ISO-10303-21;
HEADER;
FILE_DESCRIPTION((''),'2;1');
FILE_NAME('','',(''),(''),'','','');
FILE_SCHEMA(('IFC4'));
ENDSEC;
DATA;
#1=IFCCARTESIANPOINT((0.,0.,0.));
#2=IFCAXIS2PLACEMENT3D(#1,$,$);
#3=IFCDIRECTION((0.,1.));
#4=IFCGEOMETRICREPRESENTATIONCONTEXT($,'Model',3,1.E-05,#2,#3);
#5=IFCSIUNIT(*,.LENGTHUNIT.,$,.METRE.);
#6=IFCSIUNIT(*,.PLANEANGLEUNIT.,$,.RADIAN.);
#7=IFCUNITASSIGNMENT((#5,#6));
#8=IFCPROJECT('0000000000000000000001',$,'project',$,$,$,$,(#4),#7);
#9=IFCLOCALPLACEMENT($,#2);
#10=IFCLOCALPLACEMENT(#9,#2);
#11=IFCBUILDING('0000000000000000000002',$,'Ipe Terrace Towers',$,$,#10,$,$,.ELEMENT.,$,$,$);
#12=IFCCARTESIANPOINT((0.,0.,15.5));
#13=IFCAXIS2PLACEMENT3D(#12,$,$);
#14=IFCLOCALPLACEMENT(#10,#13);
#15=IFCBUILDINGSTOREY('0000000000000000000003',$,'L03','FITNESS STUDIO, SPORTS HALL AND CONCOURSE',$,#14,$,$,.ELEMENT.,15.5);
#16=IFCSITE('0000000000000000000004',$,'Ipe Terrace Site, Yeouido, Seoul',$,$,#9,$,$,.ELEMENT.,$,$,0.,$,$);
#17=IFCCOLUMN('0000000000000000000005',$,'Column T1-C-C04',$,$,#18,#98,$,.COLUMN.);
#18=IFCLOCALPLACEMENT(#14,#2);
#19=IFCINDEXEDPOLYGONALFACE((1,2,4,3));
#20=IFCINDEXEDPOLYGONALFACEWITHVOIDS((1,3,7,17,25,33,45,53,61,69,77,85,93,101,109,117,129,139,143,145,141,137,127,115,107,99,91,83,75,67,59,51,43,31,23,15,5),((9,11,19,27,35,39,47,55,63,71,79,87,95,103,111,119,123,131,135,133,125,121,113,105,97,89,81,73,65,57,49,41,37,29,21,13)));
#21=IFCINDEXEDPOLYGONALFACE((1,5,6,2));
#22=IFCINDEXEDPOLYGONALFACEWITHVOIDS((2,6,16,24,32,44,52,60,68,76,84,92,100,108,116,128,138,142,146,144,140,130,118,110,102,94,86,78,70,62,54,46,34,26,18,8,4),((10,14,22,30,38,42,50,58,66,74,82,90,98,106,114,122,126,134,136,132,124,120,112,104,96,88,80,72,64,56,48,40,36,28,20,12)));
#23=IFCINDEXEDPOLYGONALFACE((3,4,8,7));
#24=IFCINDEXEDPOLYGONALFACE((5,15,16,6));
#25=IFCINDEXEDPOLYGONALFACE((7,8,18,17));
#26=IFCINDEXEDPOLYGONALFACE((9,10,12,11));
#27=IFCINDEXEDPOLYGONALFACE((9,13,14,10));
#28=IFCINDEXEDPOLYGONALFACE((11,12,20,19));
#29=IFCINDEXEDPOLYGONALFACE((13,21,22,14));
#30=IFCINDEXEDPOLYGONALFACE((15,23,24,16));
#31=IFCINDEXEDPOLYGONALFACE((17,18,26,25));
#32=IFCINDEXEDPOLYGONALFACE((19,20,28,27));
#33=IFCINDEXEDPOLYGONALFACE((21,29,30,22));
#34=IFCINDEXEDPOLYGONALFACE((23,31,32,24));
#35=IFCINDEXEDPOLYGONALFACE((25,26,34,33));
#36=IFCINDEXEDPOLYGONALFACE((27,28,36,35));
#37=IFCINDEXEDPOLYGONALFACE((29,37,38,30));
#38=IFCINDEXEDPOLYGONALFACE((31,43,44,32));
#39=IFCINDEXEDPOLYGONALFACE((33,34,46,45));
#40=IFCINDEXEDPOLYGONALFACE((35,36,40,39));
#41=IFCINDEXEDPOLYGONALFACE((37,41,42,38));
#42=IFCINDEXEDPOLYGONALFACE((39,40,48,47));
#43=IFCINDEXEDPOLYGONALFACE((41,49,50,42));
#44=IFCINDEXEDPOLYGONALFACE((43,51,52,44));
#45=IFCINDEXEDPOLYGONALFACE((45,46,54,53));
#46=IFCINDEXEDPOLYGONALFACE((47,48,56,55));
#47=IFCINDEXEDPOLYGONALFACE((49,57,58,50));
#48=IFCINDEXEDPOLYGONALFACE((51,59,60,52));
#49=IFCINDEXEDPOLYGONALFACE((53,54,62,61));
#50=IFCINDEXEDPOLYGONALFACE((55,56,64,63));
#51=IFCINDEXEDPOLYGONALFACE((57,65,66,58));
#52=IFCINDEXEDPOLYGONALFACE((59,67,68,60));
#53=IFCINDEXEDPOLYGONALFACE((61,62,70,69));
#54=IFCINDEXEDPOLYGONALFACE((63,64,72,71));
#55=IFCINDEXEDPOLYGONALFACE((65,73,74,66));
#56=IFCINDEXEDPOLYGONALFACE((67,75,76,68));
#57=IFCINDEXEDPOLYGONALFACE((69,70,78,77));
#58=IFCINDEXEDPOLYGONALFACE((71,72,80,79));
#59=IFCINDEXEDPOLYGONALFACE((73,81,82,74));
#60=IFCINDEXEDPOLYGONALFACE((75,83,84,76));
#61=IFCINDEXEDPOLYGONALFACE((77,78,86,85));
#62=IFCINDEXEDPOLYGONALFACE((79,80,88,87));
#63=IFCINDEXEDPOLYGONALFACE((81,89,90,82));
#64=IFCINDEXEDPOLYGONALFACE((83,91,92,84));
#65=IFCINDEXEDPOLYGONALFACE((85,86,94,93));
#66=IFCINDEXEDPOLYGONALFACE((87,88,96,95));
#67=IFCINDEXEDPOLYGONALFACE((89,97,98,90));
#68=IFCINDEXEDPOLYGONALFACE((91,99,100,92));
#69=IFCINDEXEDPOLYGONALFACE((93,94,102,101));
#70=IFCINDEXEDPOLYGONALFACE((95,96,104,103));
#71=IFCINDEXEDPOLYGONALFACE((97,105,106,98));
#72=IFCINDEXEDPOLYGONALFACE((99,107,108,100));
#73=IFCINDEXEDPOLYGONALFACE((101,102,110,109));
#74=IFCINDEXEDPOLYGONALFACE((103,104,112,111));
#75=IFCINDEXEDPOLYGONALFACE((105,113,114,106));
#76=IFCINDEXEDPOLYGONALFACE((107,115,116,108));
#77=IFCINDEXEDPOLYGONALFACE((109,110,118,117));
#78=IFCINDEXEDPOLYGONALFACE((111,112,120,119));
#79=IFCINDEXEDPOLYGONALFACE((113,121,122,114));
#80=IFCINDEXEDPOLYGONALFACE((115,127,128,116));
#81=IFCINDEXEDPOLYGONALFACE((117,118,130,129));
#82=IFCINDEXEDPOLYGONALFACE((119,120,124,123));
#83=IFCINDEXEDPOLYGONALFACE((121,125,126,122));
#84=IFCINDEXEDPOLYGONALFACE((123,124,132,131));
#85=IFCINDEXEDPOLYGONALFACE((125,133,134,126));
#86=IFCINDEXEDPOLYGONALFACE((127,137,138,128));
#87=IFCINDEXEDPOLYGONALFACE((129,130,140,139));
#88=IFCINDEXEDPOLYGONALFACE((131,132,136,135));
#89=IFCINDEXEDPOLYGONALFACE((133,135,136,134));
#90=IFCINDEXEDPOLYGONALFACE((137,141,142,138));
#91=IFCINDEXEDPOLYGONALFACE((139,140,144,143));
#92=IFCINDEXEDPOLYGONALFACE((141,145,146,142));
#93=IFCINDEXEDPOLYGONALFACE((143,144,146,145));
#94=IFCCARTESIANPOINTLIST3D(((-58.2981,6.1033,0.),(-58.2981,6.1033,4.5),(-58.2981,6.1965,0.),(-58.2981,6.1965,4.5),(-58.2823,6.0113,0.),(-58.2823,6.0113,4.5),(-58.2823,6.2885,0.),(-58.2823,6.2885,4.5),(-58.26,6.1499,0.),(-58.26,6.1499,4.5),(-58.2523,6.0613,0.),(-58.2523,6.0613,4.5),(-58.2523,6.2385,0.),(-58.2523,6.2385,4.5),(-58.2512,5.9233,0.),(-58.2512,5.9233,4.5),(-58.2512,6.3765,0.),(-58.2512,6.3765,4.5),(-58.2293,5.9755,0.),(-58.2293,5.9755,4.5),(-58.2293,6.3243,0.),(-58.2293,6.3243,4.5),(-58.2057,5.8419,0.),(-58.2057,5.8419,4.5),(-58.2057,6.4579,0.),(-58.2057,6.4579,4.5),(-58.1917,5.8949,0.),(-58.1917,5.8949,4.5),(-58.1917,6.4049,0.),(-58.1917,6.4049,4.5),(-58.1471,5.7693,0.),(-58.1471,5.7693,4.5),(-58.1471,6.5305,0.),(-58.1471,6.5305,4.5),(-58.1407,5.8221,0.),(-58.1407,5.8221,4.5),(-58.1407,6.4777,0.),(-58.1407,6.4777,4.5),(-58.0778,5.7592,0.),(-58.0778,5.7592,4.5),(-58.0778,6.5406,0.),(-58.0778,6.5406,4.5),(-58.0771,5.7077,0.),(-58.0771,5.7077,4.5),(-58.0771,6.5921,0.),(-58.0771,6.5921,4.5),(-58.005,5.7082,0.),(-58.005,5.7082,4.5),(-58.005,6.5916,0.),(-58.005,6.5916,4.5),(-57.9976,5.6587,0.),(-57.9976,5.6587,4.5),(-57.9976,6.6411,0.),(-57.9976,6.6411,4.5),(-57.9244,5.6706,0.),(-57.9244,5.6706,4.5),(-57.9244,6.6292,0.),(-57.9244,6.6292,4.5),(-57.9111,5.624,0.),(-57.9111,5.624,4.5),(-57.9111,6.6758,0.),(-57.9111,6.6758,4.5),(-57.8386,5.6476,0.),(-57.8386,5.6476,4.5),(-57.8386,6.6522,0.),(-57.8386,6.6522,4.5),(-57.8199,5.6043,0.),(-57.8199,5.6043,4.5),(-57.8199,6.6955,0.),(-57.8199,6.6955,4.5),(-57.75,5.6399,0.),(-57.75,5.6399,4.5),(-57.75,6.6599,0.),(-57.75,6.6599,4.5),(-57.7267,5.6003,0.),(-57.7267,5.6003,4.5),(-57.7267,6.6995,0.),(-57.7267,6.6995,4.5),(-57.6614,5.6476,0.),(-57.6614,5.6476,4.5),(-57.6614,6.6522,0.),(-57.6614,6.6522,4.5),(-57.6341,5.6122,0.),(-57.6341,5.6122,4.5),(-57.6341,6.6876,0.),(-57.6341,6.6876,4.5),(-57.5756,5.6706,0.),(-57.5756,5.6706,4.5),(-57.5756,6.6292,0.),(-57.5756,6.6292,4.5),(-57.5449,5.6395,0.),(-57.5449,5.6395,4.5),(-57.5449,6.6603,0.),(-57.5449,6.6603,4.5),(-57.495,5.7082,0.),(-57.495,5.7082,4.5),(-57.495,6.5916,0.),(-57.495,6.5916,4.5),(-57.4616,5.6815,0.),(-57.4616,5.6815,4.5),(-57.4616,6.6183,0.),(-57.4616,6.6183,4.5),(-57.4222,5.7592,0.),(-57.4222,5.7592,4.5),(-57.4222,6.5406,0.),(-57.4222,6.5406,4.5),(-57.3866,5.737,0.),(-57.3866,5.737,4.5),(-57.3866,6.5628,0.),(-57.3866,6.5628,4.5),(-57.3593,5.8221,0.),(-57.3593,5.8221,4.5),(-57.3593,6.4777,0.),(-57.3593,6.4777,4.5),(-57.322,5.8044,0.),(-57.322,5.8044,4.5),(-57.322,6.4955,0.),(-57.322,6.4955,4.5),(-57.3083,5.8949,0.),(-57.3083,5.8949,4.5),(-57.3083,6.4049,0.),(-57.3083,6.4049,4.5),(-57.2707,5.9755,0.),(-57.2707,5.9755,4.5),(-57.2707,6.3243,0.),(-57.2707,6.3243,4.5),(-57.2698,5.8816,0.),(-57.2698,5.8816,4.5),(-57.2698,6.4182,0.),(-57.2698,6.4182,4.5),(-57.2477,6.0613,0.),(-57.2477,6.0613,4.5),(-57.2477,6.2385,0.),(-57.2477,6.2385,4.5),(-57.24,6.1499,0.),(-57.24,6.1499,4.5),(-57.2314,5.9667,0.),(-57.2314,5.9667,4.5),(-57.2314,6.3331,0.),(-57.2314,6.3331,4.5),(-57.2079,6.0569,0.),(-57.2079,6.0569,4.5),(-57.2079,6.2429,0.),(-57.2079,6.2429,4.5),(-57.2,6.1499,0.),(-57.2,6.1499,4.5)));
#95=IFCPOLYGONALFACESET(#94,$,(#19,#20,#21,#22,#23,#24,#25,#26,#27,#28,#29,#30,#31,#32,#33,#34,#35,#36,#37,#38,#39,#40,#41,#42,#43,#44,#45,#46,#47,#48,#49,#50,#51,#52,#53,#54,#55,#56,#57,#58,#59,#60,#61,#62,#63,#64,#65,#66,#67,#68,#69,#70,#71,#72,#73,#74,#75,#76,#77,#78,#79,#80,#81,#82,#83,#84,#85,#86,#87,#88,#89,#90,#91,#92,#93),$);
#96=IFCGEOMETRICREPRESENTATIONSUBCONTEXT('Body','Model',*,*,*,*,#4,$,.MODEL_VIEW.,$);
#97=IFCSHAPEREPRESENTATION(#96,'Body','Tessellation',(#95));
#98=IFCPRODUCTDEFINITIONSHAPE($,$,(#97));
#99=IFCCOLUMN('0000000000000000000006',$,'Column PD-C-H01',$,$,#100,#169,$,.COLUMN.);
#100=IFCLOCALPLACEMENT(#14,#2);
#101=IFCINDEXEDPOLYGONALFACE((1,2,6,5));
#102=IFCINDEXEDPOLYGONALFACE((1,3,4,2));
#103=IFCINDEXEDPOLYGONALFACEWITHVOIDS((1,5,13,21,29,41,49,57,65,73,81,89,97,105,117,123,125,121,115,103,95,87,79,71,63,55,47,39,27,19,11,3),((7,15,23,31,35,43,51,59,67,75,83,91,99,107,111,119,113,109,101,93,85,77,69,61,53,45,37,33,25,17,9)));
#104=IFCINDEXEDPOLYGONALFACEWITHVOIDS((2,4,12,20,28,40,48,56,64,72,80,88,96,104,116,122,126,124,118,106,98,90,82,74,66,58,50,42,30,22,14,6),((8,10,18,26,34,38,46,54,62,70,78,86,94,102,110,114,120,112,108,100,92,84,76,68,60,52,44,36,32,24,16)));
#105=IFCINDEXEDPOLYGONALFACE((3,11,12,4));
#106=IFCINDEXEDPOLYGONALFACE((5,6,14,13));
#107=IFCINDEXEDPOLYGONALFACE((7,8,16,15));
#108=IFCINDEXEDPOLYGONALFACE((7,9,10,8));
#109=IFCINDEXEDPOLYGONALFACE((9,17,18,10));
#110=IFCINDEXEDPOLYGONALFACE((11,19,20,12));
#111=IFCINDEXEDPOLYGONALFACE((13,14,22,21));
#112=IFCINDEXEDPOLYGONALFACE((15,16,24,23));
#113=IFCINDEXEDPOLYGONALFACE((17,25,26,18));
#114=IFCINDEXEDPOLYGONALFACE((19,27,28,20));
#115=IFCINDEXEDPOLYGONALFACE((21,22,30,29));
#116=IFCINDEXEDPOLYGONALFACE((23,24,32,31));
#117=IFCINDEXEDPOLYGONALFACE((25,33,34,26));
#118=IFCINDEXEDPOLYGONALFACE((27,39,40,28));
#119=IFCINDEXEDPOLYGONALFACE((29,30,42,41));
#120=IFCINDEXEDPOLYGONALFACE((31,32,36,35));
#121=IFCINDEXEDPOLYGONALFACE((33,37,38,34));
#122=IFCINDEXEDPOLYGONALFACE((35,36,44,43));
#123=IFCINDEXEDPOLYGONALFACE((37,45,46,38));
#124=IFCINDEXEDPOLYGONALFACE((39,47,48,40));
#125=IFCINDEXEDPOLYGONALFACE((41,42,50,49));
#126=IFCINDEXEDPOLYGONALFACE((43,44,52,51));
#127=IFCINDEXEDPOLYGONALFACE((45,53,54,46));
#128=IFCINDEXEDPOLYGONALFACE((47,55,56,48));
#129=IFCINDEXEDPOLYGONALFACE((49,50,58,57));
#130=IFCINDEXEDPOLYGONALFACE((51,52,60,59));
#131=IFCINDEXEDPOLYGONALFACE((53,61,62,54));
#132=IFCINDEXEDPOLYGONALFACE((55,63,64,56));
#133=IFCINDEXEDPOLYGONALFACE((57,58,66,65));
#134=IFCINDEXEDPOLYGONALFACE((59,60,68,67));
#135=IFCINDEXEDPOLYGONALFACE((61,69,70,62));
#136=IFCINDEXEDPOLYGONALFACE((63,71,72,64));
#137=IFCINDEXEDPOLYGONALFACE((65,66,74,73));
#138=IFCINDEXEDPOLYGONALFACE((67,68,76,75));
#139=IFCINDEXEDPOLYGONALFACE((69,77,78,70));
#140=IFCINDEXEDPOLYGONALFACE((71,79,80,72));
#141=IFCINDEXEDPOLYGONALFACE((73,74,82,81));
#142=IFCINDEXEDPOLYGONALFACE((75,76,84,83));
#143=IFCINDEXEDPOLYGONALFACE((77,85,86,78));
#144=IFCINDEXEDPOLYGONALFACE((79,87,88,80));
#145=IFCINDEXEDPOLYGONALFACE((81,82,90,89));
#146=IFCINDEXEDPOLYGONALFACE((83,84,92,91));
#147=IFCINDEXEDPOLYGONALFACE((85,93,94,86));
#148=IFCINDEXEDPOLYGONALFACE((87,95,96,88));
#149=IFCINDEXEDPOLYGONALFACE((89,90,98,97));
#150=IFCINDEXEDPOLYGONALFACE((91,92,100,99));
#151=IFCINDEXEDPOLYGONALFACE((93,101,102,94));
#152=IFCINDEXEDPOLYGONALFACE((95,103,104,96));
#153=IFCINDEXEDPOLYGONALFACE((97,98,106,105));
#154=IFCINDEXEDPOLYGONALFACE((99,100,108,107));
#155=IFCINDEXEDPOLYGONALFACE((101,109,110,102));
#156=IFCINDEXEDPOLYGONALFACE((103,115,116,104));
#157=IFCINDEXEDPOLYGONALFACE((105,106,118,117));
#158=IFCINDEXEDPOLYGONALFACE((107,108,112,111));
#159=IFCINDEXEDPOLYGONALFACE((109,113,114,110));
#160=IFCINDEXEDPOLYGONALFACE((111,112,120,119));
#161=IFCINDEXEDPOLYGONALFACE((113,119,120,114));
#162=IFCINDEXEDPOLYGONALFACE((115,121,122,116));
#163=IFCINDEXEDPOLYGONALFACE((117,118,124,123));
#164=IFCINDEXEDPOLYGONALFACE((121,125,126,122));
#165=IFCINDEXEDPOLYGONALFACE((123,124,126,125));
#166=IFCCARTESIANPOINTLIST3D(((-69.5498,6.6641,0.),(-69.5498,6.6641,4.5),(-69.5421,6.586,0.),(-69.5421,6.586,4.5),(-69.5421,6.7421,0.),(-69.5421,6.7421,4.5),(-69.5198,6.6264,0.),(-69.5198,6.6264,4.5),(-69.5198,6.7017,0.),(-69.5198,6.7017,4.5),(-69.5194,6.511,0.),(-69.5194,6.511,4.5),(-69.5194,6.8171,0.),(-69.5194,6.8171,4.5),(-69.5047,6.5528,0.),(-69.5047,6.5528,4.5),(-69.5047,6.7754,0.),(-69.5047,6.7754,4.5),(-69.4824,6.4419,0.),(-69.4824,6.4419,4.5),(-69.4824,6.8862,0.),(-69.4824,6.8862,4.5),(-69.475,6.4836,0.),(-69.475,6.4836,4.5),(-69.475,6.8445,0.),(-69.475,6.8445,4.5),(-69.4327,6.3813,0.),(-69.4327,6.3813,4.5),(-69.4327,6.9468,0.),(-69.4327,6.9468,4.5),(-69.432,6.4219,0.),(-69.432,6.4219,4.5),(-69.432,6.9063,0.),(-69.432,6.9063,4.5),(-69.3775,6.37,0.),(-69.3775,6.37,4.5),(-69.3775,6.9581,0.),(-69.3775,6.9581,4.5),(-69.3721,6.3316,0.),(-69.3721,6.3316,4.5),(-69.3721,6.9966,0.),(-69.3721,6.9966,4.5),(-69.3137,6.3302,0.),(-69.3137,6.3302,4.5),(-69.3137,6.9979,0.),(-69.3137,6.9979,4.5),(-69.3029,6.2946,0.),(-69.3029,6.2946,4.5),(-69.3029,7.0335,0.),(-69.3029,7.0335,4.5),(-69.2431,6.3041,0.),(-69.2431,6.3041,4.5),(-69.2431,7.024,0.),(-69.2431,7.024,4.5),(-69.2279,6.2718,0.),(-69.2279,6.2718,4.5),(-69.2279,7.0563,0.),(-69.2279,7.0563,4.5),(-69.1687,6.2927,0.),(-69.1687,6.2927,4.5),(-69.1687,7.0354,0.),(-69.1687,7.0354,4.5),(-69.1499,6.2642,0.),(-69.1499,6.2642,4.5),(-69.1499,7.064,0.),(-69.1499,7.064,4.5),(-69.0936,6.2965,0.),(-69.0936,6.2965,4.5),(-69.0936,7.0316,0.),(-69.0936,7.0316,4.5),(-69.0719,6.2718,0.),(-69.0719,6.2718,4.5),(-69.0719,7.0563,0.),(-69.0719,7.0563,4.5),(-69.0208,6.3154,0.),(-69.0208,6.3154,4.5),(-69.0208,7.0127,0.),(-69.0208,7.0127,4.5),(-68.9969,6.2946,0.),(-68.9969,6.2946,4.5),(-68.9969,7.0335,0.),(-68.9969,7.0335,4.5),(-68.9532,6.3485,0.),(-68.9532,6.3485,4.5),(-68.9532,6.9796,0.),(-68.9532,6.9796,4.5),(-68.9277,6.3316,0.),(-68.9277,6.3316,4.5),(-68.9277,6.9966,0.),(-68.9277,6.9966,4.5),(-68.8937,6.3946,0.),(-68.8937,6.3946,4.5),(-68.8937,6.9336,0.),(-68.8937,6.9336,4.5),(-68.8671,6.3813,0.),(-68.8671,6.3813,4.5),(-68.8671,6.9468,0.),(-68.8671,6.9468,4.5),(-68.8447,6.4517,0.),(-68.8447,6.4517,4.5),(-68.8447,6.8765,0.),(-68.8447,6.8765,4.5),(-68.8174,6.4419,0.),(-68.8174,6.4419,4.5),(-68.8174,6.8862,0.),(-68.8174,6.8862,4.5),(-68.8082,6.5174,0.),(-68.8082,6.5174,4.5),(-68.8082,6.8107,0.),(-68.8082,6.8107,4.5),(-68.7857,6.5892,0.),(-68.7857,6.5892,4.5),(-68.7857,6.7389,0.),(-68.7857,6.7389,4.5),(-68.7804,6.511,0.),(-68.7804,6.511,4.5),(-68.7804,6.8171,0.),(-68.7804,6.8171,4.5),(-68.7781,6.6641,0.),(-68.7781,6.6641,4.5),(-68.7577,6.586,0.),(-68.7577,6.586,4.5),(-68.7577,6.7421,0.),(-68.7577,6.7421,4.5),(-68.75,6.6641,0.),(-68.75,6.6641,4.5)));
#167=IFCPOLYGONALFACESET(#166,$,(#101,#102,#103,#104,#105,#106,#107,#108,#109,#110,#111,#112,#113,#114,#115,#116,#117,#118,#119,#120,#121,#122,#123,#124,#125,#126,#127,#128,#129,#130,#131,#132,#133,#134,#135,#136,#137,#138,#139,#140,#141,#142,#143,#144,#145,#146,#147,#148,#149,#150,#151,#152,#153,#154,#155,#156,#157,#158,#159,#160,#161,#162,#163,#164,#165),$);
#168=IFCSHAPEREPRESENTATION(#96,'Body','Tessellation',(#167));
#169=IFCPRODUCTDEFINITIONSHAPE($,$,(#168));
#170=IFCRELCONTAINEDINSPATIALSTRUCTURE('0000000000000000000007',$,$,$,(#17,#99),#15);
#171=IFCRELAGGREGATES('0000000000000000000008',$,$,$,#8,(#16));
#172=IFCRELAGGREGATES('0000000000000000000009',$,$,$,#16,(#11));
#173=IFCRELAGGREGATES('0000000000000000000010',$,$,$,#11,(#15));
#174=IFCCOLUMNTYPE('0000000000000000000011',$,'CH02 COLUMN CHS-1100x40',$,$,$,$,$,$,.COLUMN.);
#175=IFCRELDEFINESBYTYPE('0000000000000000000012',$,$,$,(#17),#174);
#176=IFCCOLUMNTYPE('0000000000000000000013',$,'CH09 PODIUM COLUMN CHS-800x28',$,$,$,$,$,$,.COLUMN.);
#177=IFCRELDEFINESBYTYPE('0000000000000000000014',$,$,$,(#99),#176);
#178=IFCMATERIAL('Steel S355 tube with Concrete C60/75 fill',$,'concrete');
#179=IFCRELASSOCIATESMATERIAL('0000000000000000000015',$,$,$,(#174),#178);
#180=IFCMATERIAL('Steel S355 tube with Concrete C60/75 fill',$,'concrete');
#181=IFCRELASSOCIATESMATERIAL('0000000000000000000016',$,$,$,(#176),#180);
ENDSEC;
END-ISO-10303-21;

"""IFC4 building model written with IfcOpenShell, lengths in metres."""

from ifc_helpers import new_model, si_unit, direction, frame, origin, origin_2d, place, context, subcontext, project, spatial, hollow_circle, extrude, material, material_profile, profile_set, type_object, element, save


model = new_model("IFC4")

# Units and contexts
model_context = context("Model", 3, precision=1e-05, world=origin(), true_north=direction((0.0, 1.0)))
body_context = subcontext(model_context, "Body", "Model", "MODEL_VIEW")
ifc_project = project(units=[si_unit("LENGTHUNIT", "METRE"), si_unit("PLANEANGLEUNIT", "RADIAN")], contexts=[model_context])

# Site, building, storey
site_placement = place(None, origin())
site = spatial("IfcSite", under=ifc_project, at=site_placement, Name="Ipe Terrace Site, Yeouido, Seoul", CompositionType="ELEMENT", RefElevation=0.0)
building_placement = place(site_placement, origin())
building = spatial("IfcBuilding", under=site, at=building_placement, Name="Ipe Terrace Towers", CompositionType="ELEMENT")
storey_placement = place(building_placement, frame((0.0, 0.0, 15.5)))
storey = spatial("IfcBuildingStorey", under=building, at=storey_placement, Name="L03", Description="FITNESS STUDIO, SPORTS HALL AND CONCOURSE", CompositionType="ELEMENT", Elevation=15.5)

# Columns
ifc_material_1 = material(Name="Steel S355 tube with Concrete C60/75 fill", Category="concrete")
ifc_material_profile_1 = material_profile(ifc_material_1, hollow_circle(Radius=0.55, WallThickness=0.04, at=origin_2d()), Name="CHS-1100x40")
ifc_profile_set_1 = profile_set([ifc_material_profile_1], Name="Steel S355 tube with Concrete C60/75 fill")
column_type_1 = type_object("IfcColumnType", Name="CH02 COLUMN CHS-1100x40", PredefinedType="COLUMN", material=ifc_profile_set_1)
column_placement = place(storey_placement, frame((-57.75, 6.1499, 0.0), z_axis=(0.0, 0.0, 1.0), x_axis=(1.0, 0.0, 0.0)))
element("IfcColumn", 1, at=column_placement, inside=storey, type_object=column_type_1, Name="Column T1-C-C04", PredefinedType="COLUMN", context=body_context, shape_type="SweptSolid", body=[
    extrude(hollow_circle(Radius=0.55, WallThickness=0.04, at=origin_2d()), origin(), (0.0, 0.0, 1.0), 4.5),
])
ifc_material_2 = material(Name="Steel S355 tube with Concrete C60/75 fill", Category="concrete")
ifc_material_profile_2 = material_profile(ifc_material_2, hollow_circle(Radius=0.3999, WallThickness=0.0281, at=origin_2d()), Name="CHS-800x28")
ifc_profile_set_2 = profile_set([ifc_material_profile_2], Name="Steel S355 tube with Concrete C60/75 fill")
column_type_2 = type_object("IfcColumnType", Name="CH09 PODIUM COLUMN CHS-800x28", PredefinedType="COLUMN", material=ifc_profile_set_2)
for number, where, z_axis, x_axis, name in (
    (2, (-69.1499, 6.6641, 0.0), (0.0, 0.0, 1.0), (1.0, 0.0, 0.0), "Column PD-C-H01"),
):
    element("IfcColumn", number, at=place(storey_placement, frame(where, z_axis=z_axis, x_axis=x_axis)), inside=storey, type_object=column_type_2, Name=name, PredefinedType="COLUMN", context=body_context, shape_type="SweptSolid", body=[
        extrude(hollow_circle(Radius=0.3999, WallThickness=0.0281, at=origin_2d()), origin(), (0.0, 0.0, 1.0), 4.5),
    ])

save(model, "model.ifc")
